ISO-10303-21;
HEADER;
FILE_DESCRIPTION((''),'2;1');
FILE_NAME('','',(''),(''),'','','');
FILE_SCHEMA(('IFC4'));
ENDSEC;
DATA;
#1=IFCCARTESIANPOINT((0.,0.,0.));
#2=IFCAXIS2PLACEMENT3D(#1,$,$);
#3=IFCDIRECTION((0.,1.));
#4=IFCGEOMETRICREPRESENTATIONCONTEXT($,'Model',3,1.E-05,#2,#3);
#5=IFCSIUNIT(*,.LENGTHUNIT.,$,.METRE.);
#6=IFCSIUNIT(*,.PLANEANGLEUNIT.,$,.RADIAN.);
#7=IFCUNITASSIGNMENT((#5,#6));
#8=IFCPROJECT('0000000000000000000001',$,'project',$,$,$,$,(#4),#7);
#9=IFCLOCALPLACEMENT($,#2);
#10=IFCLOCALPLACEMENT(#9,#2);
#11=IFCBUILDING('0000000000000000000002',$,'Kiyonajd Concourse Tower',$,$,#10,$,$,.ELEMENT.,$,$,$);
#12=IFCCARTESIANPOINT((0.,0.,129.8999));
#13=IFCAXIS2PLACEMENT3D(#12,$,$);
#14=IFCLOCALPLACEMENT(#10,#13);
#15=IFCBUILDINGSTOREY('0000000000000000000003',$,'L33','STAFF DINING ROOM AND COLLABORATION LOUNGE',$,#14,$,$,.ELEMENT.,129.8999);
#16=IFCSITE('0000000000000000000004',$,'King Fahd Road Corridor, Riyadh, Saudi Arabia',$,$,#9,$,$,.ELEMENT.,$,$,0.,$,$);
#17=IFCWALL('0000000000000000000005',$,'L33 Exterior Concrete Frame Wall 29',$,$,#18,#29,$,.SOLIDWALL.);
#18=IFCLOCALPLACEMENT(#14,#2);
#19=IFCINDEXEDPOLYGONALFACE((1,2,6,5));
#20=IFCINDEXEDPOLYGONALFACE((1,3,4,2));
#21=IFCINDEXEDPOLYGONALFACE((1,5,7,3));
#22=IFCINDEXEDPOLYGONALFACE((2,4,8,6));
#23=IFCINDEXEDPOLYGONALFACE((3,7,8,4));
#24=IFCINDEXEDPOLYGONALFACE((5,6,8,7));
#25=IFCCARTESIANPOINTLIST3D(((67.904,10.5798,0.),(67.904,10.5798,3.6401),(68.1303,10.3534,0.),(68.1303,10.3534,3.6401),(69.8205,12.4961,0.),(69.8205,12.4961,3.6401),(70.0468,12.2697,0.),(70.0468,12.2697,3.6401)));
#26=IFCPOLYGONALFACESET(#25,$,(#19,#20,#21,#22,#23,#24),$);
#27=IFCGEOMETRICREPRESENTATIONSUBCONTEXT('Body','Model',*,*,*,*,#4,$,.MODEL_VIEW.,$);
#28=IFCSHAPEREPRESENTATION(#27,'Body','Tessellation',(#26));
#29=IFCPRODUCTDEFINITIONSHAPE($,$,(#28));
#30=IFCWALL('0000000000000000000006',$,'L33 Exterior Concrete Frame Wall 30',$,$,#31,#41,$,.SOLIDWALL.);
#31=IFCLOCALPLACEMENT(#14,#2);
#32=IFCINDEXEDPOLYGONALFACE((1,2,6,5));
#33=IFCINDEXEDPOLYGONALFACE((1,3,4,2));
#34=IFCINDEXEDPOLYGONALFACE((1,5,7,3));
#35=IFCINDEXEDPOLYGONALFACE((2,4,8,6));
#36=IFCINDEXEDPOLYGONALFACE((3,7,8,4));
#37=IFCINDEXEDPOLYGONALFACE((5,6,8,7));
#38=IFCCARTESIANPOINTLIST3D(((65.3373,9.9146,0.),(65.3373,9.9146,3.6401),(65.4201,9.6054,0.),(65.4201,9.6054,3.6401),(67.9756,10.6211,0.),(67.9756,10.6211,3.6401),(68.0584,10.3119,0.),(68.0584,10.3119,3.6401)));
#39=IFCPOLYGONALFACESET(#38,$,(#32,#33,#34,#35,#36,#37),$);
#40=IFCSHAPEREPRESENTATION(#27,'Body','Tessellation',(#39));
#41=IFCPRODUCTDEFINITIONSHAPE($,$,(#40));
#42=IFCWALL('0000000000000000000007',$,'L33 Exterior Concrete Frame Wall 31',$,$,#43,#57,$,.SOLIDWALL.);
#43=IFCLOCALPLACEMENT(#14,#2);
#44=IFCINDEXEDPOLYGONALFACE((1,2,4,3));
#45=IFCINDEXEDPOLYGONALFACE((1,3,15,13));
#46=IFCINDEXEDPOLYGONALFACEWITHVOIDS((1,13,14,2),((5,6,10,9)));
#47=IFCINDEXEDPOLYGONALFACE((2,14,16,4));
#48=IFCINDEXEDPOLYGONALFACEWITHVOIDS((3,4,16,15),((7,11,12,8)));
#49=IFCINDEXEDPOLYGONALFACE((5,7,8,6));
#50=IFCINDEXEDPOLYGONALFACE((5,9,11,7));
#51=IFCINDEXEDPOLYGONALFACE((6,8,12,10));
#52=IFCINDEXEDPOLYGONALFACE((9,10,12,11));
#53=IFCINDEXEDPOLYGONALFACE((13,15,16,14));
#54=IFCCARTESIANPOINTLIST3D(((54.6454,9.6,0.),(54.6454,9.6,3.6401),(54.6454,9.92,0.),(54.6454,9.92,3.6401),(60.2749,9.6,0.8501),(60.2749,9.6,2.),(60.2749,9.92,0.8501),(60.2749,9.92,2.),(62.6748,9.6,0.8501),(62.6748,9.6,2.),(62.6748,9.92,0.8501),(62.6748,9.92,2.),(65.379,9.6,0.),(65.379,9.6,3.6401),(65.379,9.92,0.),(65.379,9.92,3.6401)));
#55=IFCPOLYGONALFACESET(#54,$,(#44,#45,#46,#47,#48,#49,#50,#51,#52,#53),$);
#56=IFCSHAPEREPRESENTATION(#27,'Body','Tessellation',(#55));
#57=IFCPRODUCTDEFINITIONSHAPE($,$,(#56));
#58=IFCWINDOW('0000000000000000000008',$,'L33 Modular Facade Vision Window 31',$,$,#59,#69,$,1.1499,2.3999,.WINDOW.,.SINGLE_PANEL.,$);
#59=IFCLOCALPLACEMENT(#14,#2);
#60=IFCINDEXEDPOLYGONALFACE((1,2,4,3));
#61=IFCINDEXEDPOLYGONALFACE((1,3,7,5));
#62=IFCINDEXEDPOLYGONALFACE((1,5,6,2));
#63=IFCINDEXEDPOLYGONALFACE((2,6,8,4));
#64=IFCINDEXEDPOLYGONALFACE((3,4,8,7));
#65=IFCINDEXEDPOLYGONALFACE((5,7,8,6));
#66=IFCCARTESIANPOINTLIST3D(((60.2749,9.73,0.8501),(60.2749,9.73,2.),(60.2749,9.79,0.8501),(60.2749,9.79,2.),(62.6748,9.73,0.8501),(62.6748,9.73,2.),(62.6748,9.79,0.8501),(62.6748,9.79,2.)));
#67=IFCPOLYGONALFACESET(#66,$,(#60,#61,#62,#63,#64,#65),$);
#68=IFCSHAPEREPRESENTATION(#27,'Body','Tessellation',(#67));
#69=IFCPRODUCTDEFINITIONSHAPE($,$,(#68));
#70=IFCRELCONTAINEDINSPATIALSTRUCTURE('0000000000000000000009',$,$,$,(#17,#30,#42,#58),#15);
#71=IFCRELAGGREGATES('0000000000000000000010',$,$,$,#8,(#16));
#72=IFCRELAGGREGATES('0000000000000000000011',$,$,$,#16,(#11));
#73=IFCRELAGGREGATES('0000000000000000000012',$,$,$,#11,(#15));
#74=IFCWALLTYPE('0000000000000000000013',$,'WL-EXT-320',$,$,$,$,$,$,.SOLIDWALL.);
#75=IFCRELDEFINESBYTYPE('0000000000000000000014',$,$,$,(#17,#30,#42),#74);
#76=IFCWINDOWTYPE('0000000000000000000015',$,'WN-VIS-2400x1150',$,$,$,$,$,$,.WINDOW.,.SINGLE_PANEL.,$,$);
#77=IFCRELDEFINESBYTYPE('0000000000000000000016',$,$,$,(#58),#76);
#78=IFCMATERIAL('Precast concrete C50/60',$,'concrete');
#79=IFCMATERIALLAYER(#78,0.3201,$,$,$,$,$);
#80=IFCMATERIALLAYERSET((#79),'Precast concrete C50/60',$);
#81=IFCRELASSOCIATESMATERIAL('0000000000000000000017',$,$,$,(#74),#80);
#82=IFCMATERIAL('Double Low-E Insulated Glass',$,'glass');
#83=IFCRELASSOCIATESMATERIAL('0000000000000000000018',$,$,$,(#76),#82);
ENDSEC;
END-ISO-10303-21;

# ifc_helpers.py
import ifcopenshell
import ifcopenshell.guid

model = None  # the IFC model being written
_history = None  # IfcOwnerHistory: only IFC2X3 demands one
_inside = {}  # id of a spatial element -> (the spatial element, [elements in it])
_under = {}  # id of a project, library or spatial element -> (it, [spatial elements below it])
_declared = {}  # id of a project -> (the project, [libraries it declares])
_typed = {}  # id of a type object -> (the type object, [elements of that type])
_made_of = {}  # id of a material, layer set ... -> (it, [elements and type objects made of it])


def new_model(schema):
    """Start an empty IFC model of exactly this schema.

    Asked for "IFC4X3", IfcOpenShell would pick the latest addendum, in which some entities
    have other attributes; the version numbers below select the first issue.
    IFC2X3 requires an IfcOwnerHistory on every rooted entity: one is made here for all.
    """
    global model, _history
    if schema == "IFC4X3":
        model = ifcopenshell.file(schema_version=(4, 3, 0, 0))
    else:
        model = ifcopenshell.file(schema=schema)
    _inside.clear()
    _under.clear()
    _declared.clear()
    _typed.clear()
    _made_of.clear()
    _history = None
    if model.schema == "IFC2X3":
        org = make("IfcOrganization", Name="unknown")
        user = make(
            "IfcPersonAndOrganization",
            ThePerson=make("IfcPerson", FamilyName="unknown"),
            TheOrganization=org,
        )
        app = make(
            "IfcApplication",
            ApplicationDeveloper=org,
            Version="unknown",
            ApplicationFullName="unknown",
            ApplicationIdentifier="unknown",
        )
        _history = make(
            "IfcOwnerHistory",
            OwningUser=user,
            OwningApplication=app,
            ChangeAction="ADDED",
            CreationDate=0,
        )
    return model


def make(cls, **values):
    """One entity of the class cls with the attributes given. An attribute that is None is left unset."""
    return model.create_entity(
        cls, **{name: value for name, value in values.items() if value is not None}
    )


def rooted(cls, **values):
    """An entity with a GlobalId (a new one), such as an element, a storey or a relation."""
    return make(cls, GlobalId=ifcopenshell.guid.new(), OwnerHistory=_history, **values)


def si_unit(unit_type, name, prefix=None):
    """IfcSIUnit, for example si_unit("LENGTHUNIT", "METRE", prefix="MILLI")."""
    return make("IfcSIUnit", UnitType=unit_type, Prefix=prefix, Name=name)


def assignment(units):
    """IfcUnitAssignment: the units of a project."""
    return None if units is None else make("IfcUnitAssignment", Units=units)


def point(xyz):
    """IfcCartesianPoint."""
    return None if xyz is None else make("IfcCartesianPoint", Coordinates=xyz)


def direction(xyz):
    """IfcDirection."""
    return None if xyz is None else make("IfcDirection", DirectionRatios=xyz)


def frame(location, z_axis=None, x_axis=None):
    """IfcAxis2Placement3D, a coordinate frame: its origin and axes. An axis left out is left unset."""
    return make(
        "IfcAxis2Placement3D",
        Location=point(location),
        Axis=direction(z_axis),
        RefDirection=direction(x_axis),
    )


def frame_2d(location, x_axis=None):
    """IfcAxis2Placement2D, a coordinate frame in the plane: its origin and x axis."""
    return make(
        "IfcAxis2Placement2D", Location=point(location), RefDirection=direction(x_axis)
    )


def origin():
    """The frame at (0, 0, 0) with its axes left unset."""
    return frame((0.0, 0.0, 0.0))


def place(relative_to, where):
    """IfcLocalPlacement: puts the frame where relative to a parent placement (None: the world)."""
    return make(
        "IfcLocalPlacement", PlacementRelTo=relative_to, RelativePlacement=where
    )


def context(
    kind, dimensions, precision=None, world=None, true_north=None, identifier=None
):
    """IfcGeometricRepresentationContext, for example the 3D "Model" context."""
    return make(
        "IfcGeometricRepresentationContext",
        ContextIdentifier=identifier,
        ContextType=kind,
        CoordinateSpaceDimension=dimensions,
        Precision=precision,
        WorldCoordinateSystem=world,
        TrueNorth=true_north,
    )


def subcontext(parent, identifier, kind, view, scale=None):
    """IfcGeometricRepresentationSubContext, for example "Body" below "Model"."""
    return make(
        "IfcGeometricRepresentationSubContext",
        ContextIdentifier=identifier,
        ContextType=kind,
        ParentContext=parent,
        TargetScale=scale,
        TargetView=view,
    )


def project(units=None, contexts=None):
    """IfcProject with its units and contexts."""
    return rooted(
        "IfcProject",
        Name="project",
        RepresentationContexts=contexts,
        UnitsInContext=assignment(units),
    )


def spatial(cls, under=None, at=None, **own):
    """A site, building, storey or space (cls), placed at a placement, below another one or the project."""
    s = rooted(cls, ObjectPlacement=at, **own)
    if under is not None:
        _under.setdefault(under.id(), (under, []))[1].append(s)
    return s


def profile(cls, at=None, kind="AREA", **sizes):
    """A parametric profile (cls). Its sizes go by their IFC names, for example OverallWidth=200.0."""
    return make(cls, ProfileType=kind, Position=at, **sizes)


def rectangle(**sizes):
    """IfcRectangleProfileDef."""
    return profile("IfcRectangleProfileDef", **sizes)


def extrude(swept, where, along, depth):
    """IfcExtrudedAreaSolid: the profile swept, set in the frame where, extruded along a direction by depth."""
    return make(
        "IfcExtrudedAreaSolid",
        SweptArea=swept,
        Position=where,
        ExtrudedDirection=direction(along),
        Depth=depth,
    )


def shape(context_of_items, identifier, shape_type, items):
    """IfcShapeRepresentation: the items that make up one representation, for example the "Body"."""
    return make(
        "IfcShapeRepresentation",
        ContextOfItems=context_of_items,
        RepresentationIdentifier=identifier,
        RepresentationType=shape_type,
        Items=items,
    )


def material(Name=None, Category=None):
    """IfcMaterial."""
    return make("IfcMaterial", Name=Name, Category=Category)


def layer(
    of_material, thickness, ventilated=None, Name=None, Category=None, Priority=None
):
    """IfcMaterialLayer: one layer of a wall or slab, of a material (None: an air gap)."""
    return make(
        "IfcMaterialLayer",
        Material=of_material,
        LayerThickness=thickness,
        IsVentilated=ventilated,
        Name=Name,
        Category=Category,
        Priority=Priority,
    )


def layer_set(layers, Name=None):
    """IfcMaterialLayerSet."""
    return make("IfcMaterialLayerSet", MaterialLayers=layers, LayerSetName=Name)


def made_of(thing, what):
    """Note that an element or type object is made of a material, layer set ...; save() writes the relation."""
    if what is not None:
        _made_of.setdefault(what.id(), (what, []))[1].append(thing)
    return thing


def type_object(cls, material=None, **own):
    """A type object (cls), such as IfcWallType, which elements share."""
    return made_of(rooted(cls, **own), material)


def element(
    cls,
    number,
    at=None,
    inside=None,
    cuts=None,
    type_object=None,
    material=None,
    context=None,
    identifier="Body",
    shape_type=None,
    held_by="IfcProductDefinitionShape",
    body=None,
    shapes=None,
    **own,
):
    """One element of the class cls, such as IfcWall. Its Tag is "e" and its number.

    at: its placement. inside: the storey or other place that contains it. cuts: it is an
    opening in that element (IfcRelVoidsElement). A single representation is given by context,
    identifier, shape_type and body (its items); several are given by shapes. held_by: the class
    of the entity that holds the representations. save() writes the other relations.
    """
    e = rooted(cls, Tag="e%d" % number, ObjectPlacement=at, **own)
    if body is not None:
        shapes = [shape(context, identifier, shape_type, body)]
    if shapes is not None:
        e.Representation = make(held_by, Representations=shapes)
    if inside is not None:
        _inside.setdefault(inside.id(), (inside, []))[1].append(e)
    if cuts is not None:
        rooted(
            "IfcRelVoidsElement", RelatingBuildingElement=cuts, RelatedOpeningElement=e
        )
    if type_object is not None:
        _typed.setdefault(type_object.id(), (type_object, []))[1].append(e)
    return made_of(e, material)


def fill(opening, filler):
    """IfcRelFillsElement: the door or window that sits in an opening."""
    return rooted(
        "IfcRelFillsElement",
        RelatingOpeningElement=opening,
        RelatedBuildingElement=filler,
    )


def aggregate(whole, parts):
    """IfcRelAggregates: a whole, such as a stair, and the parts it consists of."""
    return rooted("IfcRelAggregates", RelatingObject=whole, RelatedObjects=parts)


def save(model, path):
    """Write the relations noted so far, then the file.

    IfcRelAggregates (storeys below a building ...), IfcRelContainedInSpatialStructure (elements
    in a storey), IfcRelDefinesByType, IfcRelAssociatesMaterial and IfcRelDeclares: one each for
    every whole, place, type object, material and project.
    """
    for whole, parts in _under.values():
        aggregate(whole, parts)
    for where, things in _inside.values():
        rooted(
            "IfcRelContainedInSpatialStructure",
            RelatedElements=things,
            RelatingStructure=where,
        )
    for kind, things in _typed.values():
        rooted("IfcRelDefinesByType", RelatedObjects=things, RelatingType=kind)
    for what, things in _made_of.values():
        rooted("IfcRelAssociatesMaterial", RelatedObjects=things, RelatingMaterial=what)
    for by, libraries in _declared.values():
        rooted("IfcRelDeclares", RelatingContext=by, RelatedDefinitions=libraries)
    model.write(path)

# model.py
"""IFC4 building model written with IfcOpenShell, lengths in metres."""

from ifc_helpers import new_model, si_unit, direction, frame, frame_2d, origin, place, context, subcontext, project, spatial, rectangle, extrude, material, layer, layer_set, type_object, element, fill, save


model = new_model("IFC4")

# Units and contexts
model_context = context("Model", 3, precision=1e-05, world=origin(), true_north=direction((0.0, 1.0)))
body_context = subcontext(model_context, "Body", "Model", "MODEL_VIEW")
ifc_project = project(units=[si_unit("LENGTHUNIT", "METRE"), si_unit("PLANEANGLEUNIT", "RADIAN")], contexts=[model_context])

# Site, building, storey
site_placement = place(None, origin())
site = spatial("IfcSite", under=ifc_project, at=site_placement, Name="King Fahd Road Corridor, Riyadh, Saudi Arabia", CompositionType="ELEMENT", RefElevation=0.0)
building_placement = place(site_placement, origin())
building = spatial("IfcBuilding", under=site, at=building_placement, Name="Kiyonajd Concourse Tower", CompositionType="ELEMENT")
storey_placement = place(building_placement, frame((0.0, 0.0, 129.8999)))
storey = spatial("IfcBuildingStorey", under=building, at=storey_placement, Name="L33", Description="STAFF DINING ROOM AND COLLABORATION LOUNGE", CompositionType="ELEMENT", Elevation=129.8999)

# Shared definitions
ifc_material_1 = material(Name="Precast concrete C50/60", Category="concrete")

# Shared definitions
ifc_material_2 = material(Name="Double Low-E Insulated Glass", Category="glass")

# Walls
ifc_layer_1 = layer(ifc_material_1, 0.3201)
ifc_layer_set_1 = layer_set([ifc_layer_1], Name="Precast concrete C50/60")
wall_type = type_object("IfcWallType", Name="WL-EXT-320", PredefinedType="SOLIDWALL", material=ifc_layer_set_1)
wall_1_placement = place(storey_placement, frame((69.9336, 12.3828, 0.0), z_axis=(0.0, 0.0, 1.0), x_axis=(-0.707152, -0.707062, 0.0)))
element("IfcWall", 1, at=wall_1_placement, inside=storey, type_object=wall_type, Name="L33 Exterior Concrete Frame Wall 29", PredefinedType="SOLIDWALL", context=body_context, shape_type="SweptSolid", body=[
    extrude(rectangle(XDim=2.7102, YDim=0.3201, at=frame_2d((1.355, 0.0))), origin(), (0.0, 0.0, 1.0), 3.6401),
])
wall_2_placement = place(storey_placement, frame((68.0171, 10.4666, 0.0), z_axis=(0.0, 0.0, 1.0), x_axis=(-0.965958, -0.258697, 0.0)))
element("IfcWall", 2, at=wall_2_placement, inside=storey, type_object=wall_type, Name="L33 Exterior Concrete Frame Wall 30", PredefinedType="SOLIDWALL", context=body_context, shape_type="SweptSolid", body=[
    extrude(rectangle(XDim=2.7312, YDim=0.3201, at=frame_2d((1.3657, 0.0))), origin(), (0.0, 0.0, 1.0), 3.6401),
])

# Wall, opening, window
wall_3_placement = place(storey_placement, frame((65.3789, 9.76, 0.0), z_axis=(0.0, 0.0, 1.0), x_axis=(-1.0, 0.0, 0.0)))
wall_3 = element("IfcWall", 3, at=wall_3_placement, inside=storey, type_object=wall_type, Name="L33 Exterior Concrete Frame Wall 31", PredefinedType="SOLIDWALL", context=body_context, shape_type="SweptSolid", body=[
    extrude(rectangle(XDim=10.7336, YDim=0.3201, at=frame_2d((5.3667, 0.0))), origin(), (0.0, 0.0, 1.0), 3.6401),
])
opening_placement = place(wall_3_placement, frame((2.7041, 0.0, 0.8501)))
opening = element("IfcOpeningElement", 4, at=opening_placement, cuts=wall_3, PredefinedType="OPENING", context=body_context, shape_type="SweptSolid", body=[
    extrude(rectangle(XDim=2.3999, YDim=1.1499, at=frame_2d((1.2, 0.575))), frame((0.0, 0.1699, 0.0), z_axis=(0.0, -1.0, 0.0), x_axis=(1.0, 0.0, 0.0)), (0.0, 0.0, 1.0), 0.3401),
])
window_type = type_object("IfcWindowType", Name="WN-VIS-2400x1150", PartitioningType="SINGLE_PANEL", PredefinedType="WINDOW", material=ifc_material_2)
window_placement = place(opening_placement, origin())
window = element("IfcWindow", 5, at=window_placement, inside=storey, type_object=window_type, Name="L33 Modular Facade Vision Window 31", OverallHeight=1.1499, OverallWidth=2.3999, PartitioningType="SINGLE_PANEL", PredefinedType="WINDOW", context=body_context, shape_type="SweptSolid", body=[
    extrude(rectangle(XDim=2.3999, YDim=1.1499, at=frame_2d((1.2, 0.575))), frame((0.0, 0.03, 0.0), z_axis=(0.0, -1.0, 0.0), x_axis=(1.0, 0.0, 0.0)), (0.0, 0.0, 1.0), 0.0601),
])
fill(opening, window)

save(model, "model.ifc")
